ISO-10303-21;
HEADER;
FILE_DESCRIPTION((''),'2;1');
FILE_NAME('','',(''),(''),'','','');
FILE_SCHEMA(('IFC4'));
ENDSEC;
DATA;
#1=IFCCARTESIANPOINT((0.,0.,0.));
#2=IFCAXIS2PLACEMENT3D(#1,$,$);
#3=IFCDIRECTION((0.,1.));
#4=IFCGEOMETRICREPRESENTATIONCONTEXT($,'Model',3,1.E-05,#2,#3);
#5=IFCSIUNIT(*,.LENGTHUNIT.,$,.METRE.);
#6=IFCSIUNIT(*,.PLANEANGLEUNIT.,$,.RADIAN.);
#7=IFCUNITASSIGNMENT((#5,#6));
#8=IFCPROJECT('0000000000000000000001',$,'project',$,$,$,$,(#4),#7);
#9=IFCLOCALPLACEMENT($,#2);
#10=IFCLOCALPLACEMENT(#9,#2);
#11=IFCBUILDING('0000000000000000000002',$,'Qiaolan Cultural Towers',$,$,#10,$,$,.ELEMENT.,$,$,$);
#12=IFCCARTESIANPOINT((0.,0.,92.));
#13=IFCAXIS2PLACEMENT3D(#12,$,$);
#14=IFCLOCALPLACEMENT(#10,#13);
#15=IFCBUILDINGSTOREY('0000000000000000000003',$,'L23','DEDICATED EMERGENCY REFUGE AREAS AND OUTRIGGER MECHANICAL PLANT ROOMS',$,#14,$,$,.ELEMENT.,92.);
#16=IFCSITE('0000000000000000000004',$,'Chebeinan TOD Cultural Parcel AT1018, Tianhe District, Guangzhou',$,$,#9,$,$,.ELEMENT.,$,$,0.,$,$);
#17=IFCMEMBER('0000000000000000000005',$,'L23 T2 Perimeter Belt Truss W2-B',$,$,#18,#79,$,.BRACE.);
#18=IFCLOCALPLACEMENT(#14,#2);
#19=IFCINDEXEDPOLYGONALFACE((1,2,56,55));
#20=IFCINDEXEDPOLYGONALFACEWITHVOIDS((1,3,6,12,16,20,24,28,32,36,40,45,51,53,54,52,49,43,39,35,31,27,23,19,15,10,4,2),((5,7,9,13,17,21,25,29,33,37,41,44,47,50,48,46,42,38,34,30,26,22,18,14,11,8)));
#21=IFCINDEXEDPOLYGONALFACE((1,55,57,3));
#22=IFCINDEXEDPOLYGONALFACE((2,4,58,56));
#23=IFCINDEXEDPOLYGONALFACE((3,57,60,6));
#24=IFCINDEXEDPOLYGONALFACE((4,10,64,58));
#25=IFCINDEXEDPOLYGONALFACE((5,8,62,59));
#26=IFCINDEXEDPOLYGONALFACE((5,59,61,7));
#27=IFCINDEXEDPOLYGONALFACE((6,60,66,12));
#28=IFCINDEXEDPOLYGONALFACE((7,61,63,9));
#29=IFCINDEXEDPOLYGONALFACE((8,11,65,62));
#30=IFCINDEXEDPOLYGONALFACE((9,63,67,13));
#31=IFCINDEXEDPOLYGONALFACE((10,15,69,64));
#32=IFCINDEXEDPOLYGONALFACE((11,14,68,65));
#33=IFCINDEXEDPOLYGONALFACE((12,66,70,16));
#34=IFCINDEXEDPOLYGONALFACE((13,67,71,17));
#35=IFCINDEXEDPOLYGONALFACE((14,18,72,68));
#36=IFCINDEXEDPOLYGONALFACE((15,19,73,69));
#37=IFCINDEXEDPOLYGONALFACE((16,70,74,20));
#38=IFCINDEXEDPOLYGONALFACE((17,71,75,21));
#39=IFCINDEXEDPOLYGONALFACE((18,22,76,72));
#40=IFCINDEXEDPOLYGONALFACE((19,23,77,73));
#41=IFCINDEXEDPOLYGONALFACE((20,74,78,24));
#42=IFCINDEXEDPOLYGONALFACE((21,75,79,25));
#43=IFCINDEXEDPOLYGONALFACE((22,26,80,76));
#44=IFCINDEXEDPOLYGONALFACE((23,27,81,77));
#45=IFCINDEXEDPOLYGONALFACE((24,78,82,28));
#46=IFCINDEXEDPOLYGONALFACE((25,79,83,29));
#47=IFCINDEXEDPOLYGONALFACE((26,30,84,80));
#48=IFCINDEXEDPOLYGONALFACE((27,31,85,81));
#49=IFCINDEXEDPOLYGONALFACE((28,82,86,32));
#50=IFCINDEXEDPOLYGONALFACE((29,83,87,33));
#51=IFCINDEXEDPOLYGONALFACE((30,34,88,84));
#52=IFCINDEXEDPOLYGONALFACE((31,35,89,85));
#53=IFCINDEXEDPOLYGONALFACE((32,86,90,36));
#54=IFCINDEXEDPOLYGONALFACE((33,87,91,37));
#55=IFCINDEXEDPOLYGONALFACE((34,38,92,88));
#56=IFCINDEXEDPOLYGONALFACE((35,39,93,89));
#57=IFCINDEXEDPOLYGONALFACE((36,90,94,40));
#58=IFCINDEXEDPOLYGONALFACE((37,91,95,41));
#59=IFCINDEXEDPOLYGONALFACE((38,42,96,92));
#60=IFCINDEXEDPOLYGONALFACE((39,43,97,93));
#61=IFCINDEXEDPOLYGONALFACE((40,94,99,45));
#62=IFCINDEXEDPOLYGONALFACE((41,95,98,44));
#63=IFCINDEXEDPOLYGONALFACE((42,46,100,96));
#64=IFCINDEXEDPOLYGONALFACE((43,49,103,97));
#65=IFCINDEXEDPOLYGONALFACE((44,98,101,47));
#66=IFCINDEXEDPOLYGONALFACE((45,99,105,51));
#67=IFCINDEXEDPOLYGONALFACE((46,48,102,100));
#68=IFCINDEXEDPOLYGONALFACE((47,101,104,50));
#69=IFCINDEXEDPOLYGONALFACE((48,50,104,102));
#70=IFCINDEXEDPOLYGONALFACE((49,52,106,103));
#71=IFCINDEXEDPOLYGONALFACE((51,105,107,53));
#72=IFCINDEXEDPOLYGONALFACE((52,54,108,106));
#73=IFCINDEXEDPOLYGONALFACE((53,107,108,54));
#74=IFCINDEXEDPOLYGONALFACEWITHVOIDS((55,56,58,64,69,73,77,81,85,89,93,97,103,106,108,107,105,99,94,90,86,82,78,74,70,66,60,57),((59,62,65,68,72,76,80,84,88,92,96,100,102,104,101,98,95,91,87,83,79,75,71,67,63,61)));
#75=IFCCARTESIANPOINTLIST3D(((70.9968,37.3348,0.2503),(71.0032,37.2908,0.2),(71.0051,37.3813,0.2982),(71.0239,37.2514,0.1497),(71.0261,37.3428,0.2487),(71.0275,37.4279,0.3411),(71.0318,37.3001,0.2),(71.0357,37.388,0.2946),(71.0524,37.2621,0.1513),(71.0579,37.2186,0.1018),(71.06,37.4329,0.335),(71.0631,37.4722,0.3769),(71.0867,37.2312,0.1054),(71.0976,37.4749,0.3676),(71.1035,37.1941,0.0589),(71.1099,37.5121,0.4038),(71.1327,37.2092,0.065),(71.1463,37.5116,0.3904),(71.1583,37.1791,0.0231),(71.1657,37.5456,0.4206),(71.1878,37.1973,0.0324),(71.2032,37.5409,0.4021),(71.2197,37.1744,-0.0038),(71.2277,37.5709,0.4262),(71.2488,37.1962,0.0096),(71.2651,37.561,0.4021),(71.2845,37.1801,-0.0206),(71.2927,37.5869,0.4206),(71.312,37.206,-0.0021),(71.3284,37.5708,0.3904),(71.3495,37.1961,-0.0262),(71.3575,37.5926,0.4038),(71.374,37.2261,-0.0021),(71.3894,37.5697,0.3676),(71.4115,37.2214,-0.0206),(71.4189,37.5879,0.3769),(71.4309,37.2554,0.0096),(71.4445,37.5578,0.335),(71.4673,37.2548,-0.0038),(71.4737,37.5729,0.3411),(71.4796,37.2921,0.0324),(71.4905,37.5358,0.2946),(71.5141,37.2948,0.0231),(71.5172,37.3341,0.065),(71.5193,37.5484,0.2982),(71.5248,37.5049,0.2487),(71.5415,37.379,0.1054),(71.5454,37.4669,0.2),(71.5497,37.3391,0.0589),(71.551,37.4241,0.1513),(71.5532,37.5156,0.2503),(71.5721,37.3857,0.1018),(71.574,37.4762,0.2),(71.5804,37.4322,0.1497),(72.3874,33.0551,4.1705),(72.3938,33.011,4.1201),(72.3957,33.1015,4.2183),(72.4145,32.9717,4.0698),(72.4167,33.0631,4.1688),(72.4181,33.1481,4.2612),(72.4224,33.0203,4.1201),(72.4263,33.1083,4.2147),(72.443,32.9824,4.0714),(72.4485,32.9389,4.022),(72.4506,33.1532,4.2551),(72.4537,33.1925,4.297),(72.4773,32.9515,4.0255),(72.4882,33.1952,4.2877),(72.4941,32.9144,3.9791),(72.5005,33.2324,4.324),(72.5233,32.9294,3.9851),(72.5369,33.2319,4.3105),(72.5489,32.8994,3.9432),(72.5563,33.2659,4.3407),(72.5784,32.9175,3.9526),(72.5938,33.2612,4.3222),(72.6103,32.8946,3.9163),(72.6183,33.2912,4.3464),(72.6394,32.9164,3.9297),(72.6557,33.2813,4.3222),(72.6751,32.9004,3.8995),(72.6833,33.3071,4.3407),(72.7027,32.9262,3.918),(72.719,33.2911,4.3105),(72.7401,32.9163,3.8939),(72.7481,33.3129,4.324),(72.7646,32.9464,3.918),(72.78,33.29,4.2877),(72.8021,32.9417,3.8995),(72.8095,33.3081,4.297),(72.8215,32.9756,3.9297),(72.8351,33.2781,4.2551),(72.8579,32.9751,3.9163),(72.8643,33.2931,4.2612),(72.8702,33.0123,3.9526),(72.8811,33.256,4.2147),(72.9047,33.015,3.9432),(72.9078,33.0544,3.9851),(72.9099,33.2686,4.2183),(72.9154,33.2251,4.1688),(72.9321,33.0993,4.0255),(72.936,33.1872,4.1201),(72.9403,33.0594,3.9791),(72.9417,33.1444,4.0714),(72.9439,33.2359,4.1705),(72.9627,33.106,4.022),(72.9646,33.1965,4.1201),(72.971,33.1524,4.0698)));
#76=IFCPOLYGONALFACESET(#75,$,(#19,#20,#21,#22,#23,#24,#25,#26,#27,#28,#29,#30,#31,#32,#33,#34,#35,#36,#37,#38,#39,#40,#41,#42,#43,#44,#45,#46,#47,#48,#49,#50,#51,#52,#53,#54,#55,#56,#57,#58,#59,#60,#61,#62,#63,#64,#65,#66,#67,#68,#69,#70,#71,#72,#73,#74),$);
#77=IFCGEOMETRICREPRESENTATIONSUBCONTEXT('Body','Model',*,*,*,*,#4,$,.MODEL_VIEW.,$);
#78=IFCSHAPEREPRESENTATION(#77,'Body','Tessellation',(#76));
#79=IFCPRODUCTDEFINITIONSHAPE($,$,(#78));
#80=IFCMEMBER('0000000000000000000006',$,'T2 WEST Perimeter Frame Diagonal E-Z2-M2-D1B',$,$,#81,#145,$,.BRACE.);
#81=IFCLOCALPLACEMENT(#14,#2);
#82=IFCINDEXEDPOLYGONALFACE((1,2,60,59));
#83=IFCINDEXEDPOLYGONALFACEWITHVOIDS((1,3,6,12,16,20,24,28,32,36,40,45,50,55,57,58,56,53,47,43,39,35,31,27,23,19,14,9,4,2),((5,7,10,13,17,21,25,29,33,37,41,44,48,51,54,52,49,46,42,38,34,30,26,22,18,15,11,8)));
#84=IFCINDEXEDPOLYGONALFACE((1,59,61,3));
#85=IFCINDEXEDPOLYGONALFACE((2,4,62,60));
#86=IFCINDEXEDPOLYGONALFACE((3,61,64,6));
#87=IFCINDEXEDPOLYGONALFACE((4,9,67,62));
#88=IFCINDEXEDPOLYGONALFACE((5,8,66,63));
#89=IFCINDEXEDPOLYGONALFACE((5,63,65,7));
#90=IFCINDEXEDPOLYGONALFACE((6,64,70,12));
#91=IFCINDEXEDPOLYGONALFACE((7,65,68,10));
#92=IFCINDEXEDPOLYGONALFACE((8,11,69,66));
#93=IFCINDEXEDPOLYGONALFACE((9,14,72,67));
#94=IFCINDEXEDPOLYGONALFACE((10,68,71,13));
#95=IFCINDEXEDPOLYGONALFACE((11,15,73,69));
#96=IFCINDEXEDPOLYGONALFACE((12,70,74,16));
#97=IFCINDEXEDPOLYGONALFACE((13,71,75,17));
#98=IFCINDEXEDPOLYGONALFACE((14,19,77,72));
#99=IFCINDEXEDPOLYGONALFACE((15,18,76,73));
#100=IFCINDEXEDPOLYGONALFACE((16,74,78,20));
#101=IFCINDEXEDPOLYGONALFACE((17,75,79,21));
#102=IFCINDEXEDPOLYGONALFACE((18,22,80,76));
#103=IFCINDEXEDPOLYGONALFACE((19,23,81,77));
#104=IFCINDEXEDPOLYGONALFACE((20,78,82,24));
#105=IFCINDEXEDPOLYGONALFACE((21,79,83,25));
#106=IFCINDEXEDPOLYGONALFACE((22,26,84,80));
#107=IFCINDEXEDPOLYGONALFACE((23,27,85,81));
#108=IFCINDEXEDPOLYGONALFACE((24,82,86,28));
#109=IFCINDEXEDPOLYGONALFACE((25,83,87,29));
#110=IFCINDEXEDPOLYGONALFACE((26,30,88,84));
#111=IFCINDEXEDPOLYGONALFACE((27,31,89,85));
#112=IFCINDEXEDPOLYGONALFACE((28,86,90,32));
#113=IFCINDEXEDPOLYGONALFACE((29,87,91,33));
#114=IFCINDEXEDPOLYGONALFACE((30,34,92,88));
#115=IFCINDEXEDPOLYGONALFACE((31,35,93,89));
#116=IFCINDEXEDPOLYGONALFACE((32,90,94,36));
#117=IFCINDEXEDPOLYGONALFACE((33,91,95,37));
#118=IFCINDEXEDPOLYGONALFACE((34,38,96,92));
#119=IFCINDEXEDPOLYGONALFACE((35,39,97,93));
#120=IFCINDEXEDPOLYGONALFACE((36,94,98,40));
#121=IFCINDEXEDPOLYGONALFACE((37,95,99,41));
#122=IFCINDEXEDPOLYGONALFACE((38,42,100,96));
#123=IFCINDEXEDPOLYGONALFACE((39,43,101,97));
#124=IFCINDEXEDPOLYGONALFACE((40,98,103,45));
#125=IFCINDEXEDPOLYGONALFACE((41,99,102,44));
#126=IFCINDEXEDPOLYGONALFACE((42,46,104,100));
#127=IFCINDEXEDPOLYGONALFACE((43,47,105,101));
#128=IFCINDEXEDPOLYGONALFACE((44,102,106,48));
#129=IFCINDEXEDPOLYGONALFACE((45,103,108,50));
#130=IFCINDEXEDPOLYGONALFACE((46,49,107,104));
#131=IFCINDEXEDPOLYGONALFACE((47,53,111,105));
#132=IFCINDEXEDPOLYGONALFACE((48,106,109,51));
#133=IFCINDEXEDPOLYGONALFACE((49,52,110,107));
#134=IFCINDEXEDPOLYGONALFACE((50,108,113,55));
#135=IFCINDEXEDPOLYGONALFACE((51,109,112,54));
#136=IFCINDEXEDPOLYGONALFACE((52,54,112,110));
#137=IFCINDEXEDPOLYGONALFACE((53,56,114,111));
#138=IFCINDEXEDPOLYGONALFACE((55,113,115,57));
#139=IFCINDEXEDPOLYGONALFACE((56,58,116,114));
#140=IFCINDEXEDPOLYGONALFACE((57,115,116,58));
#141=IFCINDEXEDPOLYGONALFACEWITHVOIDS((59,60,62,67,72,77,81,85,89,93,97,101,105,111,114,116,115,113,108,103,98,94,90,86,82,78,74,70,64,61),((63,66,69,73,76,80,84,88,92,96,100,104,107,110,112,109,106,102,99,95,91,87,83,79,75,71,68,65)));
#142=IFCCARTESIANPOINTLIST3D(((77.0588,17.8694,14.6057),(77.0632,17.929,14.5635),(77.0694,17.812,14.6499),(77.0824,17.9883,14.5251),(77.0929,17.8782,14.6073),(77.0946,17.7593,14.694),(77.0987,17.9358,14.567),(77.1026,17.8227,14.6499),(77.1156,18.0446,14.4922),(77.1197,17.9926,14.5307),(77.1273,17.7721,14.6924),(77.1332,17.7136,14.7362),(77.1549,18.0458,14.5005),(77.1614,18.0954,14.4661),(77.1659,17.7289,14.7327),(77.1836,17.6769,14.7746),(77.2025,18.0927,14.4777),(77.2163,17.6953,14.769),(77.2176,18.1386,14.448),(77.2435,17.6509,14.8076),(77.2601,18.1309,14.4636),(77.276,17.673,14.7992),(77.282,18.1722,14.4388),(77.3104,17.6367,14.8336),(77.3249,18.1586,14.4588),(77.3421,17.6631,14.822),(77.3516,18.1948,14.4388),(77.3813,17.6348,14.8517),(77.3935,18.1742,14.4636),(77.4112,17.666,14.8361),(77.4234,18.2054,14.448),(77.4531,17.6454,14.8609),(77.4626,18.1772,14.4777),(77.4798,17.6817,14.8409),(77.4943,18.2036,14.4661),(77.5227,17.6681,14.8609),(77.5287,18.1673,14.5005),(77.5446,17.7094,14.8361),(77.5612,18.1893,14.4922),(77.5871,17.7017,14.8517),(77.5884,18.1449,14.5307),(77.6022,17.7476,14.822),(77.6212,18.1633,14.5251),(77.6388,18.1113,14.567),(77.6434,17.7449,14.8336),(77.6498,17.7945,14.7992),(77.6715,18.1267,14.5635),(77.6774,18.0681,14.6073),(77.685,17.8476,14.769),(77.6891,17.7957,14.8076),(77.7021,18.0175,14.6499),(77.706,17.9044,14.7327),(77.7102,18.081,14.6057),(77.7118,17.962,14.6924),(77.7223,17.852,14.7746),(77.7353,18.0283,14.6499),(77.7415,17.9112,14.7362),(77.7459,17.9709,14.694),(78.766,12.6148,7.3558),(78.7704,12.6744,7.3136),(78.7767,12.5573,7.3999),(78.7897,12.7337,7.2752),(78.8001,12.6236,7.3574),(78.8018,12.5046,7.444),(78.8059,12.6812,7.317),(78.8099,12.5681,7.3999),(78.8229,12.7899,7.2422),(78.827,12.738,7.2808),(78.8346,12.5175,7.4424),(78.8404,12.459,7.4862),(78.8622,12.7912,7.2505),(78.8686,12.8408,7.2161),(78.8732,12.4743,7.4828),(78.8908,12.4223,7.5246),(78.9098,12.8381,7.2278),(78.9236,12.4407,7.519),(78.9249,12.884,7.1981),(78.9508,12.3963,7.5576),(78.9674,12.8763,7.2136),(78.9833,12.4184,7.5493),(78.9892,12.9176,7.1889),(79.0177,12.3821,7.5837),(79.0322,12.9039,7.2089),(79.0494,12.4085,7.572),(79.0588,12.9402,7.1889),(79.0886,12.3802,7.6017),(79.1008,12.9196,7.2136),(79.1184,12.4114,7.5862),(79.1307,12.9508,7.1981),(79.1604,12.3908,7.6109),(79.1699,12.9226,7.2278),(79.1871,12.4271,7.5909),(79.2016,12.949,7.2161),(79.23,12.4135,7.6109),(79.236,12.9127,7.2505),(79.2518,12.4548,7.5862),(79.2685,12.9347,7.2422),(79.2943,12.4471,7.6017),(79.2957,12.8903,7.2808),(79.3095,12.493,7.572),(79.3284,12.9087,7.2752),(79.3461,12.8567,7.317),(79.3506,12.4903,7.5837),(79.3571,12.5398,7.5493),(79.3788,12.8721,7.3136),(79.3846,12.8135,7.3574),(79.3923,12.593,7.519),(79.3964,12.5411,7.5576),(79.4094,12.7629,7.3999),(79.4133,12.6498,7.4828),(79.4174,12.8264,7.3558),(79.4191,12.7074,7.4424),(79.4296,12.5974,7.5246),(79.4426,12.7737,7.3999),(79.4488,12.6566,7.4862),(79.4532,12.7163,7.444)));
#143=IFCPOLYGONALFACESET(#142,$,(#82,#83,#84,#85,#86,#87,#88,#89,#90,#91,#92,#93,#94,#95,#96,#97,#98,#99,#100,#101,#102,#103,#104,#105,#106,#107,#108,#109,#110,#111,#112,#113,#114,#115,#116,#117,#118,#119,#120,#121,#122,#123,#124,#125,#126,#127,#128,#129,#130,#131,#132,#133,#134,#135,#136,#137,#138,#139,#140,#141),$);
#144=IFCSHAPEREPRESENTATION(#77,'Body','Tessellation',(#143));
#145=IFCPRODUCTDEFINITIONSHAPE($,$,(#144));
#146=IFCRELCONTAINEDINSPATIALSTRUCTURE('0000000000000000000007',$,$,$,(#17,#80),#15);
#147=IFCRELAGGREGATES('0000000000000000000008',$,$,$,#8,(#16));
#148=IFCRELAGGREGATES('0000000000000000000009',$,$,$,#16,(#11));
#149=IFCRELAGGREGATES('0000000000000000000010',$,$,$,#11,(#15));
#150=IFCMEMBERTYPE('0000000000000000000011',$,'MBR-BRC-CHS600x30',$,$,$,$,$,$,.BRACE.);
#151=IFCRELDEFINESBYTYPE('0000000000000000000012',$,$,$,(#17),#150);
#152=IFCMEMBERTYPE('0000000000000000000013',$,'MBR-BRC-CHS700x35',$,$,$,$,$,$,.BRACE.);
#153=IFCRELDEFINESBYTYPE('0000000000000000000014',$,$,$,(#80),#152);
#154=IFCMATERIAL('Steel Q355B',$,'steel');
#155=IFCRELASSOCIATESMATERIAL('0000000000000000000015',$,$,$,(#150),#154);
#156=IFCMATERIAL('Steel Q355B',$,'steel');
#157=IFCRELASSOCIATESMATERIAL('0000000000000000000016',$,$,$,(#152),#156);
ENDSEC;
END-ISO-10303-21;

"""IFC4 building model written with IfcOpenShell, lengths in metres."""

from ifc_helpers import new_model, si_unit, direction, frame, origin, origin_2d, place, context, subcontext, project, spatial, hollow_circle, extrude, material, material_profile, profile_set, type_object, element, save


model = new_model("IFC4")

# Units and contexts
model_context = context("Model", 3, precision=1e-05, world=origin(), true_north=direction((0.0, 1.0)))
body_context = subcontext(model_context, "Body", "Model", "MODEL_VIEW")
ifc_project = project(units=[si_unit("LENGTHUNIT", "METRE"), si_unit("PLANEANGLEUNIT", "RADIAN")], contexts=[model_context])

# Site, building, storey
site_placement = place(None, origin())
site = spatial("IfcSite", under=ifc_project, at=site_placement, Name="Chebeinan TOD Cultural Parcel AT1018, Tianhe District, Guangzhou", CompositionType="ELEMENT", RefElevation=0.0)
building_placement = place(site_placement, origin())
building = spatial("IfcBuilding", under=site, at=building_placement, Name="Qiaolan Cultural Towers", CompositionType="ELEMENT")
storey_placement = place(building_placement, frame((0.0, 0.0, 92.0)))
storey = spatial("IfcBuildingStorey", under=building, at=storey_placement, Name="L23", Description="DEDICATED EMERGENCY REFUGE AREAS AND OUTRIGGER MECHANICAL PLANT ROOMS", CompositionType="ELEMENT", Elevation=92.0)

# Members
ifc_material_1 = material(Name="Steel Q355B", Category="steel")
ifc_material_profile_1 = material_profile(ifc_material_1, hollow_circle(Radius=0.3, WallThickness=0.03, at=origin_2d()), Name="CHS600x30")
ifc_profile_set_1 = profile_set([ifc_material_profile_1], Name="Steel Q355B")
member_type_1 = type_object("IfcMemberType", Name="MBR-BRC-CHS600x30", PredefinedType="BRACE", material=ifc_profile_set_1)
for number, where, z_axis, x_axis, name in (
    (1, (72.6792, 33.1038, 4.1201), (-0.23301, 0.717111, -0.656854), (-0.951054, -0.309025, 0.0), "L23 T2 Perimeter Belt Truss W2-B"),
):
    element("IfcMember", number, at=place(storey_placement, frame(where, z_axis=z_axis, x_axis=x_axis)), inside=storey, type_object=member_type_1, Name=name, PredefinedType="BRACE", context=body_context, shape_type="SweptSolid", body=[
        extrude(hollow_circle(Radius=0.3, WallThickness=0.03, at=origin_2d()), origin(), (0.0, 0.0, 1.0), 5.968),
    ])
ifc_material_2 = material(Name="Steel Q355B", Category="steel")
ifc_material_profile_2 = material_profile(ifc_material_2, hollow_circle(Radius=0.3501, WallThickness=0.0349, at=origin_2d()), Name="CHS700x35")
ifc_profile_set_2 = profile_set([ifc_material_profile_2], Name="Steel Q355B")
member_type_2 = type_object("IfcMemberType", Name="MBR-BRC-CHS700x35", PredefinedType="BRACE", material=ifc_profile_set_2)
for number, where, z_axis, x_axis, name in (
    (2, (79.1096, 12.6655, 7.3999), (-0.187298, 0.576464, 0.795367), (-0.95106, -0.309007, 0.0), "T2 WEST Perimeter Frame Diagonal E-Z2-M2-D1B"),
):
    element("IfcMember", number, at=place(storey_placement, frame(where, z_axis=z_axis, x_axis=x_axis)), inside=storey, type_object=member_type_2, Name=name, PredefinedType="BRACE", context=body_context, shape_type="SweptSolid", body=[
        extrude(hollow_circle(Radius=0.3501, WallThickness=0.0349, at=origin_2d()), origin(), (0.0, 0.0, 1.0), 9.1152),
    ])

save(model, "model.ifc")
